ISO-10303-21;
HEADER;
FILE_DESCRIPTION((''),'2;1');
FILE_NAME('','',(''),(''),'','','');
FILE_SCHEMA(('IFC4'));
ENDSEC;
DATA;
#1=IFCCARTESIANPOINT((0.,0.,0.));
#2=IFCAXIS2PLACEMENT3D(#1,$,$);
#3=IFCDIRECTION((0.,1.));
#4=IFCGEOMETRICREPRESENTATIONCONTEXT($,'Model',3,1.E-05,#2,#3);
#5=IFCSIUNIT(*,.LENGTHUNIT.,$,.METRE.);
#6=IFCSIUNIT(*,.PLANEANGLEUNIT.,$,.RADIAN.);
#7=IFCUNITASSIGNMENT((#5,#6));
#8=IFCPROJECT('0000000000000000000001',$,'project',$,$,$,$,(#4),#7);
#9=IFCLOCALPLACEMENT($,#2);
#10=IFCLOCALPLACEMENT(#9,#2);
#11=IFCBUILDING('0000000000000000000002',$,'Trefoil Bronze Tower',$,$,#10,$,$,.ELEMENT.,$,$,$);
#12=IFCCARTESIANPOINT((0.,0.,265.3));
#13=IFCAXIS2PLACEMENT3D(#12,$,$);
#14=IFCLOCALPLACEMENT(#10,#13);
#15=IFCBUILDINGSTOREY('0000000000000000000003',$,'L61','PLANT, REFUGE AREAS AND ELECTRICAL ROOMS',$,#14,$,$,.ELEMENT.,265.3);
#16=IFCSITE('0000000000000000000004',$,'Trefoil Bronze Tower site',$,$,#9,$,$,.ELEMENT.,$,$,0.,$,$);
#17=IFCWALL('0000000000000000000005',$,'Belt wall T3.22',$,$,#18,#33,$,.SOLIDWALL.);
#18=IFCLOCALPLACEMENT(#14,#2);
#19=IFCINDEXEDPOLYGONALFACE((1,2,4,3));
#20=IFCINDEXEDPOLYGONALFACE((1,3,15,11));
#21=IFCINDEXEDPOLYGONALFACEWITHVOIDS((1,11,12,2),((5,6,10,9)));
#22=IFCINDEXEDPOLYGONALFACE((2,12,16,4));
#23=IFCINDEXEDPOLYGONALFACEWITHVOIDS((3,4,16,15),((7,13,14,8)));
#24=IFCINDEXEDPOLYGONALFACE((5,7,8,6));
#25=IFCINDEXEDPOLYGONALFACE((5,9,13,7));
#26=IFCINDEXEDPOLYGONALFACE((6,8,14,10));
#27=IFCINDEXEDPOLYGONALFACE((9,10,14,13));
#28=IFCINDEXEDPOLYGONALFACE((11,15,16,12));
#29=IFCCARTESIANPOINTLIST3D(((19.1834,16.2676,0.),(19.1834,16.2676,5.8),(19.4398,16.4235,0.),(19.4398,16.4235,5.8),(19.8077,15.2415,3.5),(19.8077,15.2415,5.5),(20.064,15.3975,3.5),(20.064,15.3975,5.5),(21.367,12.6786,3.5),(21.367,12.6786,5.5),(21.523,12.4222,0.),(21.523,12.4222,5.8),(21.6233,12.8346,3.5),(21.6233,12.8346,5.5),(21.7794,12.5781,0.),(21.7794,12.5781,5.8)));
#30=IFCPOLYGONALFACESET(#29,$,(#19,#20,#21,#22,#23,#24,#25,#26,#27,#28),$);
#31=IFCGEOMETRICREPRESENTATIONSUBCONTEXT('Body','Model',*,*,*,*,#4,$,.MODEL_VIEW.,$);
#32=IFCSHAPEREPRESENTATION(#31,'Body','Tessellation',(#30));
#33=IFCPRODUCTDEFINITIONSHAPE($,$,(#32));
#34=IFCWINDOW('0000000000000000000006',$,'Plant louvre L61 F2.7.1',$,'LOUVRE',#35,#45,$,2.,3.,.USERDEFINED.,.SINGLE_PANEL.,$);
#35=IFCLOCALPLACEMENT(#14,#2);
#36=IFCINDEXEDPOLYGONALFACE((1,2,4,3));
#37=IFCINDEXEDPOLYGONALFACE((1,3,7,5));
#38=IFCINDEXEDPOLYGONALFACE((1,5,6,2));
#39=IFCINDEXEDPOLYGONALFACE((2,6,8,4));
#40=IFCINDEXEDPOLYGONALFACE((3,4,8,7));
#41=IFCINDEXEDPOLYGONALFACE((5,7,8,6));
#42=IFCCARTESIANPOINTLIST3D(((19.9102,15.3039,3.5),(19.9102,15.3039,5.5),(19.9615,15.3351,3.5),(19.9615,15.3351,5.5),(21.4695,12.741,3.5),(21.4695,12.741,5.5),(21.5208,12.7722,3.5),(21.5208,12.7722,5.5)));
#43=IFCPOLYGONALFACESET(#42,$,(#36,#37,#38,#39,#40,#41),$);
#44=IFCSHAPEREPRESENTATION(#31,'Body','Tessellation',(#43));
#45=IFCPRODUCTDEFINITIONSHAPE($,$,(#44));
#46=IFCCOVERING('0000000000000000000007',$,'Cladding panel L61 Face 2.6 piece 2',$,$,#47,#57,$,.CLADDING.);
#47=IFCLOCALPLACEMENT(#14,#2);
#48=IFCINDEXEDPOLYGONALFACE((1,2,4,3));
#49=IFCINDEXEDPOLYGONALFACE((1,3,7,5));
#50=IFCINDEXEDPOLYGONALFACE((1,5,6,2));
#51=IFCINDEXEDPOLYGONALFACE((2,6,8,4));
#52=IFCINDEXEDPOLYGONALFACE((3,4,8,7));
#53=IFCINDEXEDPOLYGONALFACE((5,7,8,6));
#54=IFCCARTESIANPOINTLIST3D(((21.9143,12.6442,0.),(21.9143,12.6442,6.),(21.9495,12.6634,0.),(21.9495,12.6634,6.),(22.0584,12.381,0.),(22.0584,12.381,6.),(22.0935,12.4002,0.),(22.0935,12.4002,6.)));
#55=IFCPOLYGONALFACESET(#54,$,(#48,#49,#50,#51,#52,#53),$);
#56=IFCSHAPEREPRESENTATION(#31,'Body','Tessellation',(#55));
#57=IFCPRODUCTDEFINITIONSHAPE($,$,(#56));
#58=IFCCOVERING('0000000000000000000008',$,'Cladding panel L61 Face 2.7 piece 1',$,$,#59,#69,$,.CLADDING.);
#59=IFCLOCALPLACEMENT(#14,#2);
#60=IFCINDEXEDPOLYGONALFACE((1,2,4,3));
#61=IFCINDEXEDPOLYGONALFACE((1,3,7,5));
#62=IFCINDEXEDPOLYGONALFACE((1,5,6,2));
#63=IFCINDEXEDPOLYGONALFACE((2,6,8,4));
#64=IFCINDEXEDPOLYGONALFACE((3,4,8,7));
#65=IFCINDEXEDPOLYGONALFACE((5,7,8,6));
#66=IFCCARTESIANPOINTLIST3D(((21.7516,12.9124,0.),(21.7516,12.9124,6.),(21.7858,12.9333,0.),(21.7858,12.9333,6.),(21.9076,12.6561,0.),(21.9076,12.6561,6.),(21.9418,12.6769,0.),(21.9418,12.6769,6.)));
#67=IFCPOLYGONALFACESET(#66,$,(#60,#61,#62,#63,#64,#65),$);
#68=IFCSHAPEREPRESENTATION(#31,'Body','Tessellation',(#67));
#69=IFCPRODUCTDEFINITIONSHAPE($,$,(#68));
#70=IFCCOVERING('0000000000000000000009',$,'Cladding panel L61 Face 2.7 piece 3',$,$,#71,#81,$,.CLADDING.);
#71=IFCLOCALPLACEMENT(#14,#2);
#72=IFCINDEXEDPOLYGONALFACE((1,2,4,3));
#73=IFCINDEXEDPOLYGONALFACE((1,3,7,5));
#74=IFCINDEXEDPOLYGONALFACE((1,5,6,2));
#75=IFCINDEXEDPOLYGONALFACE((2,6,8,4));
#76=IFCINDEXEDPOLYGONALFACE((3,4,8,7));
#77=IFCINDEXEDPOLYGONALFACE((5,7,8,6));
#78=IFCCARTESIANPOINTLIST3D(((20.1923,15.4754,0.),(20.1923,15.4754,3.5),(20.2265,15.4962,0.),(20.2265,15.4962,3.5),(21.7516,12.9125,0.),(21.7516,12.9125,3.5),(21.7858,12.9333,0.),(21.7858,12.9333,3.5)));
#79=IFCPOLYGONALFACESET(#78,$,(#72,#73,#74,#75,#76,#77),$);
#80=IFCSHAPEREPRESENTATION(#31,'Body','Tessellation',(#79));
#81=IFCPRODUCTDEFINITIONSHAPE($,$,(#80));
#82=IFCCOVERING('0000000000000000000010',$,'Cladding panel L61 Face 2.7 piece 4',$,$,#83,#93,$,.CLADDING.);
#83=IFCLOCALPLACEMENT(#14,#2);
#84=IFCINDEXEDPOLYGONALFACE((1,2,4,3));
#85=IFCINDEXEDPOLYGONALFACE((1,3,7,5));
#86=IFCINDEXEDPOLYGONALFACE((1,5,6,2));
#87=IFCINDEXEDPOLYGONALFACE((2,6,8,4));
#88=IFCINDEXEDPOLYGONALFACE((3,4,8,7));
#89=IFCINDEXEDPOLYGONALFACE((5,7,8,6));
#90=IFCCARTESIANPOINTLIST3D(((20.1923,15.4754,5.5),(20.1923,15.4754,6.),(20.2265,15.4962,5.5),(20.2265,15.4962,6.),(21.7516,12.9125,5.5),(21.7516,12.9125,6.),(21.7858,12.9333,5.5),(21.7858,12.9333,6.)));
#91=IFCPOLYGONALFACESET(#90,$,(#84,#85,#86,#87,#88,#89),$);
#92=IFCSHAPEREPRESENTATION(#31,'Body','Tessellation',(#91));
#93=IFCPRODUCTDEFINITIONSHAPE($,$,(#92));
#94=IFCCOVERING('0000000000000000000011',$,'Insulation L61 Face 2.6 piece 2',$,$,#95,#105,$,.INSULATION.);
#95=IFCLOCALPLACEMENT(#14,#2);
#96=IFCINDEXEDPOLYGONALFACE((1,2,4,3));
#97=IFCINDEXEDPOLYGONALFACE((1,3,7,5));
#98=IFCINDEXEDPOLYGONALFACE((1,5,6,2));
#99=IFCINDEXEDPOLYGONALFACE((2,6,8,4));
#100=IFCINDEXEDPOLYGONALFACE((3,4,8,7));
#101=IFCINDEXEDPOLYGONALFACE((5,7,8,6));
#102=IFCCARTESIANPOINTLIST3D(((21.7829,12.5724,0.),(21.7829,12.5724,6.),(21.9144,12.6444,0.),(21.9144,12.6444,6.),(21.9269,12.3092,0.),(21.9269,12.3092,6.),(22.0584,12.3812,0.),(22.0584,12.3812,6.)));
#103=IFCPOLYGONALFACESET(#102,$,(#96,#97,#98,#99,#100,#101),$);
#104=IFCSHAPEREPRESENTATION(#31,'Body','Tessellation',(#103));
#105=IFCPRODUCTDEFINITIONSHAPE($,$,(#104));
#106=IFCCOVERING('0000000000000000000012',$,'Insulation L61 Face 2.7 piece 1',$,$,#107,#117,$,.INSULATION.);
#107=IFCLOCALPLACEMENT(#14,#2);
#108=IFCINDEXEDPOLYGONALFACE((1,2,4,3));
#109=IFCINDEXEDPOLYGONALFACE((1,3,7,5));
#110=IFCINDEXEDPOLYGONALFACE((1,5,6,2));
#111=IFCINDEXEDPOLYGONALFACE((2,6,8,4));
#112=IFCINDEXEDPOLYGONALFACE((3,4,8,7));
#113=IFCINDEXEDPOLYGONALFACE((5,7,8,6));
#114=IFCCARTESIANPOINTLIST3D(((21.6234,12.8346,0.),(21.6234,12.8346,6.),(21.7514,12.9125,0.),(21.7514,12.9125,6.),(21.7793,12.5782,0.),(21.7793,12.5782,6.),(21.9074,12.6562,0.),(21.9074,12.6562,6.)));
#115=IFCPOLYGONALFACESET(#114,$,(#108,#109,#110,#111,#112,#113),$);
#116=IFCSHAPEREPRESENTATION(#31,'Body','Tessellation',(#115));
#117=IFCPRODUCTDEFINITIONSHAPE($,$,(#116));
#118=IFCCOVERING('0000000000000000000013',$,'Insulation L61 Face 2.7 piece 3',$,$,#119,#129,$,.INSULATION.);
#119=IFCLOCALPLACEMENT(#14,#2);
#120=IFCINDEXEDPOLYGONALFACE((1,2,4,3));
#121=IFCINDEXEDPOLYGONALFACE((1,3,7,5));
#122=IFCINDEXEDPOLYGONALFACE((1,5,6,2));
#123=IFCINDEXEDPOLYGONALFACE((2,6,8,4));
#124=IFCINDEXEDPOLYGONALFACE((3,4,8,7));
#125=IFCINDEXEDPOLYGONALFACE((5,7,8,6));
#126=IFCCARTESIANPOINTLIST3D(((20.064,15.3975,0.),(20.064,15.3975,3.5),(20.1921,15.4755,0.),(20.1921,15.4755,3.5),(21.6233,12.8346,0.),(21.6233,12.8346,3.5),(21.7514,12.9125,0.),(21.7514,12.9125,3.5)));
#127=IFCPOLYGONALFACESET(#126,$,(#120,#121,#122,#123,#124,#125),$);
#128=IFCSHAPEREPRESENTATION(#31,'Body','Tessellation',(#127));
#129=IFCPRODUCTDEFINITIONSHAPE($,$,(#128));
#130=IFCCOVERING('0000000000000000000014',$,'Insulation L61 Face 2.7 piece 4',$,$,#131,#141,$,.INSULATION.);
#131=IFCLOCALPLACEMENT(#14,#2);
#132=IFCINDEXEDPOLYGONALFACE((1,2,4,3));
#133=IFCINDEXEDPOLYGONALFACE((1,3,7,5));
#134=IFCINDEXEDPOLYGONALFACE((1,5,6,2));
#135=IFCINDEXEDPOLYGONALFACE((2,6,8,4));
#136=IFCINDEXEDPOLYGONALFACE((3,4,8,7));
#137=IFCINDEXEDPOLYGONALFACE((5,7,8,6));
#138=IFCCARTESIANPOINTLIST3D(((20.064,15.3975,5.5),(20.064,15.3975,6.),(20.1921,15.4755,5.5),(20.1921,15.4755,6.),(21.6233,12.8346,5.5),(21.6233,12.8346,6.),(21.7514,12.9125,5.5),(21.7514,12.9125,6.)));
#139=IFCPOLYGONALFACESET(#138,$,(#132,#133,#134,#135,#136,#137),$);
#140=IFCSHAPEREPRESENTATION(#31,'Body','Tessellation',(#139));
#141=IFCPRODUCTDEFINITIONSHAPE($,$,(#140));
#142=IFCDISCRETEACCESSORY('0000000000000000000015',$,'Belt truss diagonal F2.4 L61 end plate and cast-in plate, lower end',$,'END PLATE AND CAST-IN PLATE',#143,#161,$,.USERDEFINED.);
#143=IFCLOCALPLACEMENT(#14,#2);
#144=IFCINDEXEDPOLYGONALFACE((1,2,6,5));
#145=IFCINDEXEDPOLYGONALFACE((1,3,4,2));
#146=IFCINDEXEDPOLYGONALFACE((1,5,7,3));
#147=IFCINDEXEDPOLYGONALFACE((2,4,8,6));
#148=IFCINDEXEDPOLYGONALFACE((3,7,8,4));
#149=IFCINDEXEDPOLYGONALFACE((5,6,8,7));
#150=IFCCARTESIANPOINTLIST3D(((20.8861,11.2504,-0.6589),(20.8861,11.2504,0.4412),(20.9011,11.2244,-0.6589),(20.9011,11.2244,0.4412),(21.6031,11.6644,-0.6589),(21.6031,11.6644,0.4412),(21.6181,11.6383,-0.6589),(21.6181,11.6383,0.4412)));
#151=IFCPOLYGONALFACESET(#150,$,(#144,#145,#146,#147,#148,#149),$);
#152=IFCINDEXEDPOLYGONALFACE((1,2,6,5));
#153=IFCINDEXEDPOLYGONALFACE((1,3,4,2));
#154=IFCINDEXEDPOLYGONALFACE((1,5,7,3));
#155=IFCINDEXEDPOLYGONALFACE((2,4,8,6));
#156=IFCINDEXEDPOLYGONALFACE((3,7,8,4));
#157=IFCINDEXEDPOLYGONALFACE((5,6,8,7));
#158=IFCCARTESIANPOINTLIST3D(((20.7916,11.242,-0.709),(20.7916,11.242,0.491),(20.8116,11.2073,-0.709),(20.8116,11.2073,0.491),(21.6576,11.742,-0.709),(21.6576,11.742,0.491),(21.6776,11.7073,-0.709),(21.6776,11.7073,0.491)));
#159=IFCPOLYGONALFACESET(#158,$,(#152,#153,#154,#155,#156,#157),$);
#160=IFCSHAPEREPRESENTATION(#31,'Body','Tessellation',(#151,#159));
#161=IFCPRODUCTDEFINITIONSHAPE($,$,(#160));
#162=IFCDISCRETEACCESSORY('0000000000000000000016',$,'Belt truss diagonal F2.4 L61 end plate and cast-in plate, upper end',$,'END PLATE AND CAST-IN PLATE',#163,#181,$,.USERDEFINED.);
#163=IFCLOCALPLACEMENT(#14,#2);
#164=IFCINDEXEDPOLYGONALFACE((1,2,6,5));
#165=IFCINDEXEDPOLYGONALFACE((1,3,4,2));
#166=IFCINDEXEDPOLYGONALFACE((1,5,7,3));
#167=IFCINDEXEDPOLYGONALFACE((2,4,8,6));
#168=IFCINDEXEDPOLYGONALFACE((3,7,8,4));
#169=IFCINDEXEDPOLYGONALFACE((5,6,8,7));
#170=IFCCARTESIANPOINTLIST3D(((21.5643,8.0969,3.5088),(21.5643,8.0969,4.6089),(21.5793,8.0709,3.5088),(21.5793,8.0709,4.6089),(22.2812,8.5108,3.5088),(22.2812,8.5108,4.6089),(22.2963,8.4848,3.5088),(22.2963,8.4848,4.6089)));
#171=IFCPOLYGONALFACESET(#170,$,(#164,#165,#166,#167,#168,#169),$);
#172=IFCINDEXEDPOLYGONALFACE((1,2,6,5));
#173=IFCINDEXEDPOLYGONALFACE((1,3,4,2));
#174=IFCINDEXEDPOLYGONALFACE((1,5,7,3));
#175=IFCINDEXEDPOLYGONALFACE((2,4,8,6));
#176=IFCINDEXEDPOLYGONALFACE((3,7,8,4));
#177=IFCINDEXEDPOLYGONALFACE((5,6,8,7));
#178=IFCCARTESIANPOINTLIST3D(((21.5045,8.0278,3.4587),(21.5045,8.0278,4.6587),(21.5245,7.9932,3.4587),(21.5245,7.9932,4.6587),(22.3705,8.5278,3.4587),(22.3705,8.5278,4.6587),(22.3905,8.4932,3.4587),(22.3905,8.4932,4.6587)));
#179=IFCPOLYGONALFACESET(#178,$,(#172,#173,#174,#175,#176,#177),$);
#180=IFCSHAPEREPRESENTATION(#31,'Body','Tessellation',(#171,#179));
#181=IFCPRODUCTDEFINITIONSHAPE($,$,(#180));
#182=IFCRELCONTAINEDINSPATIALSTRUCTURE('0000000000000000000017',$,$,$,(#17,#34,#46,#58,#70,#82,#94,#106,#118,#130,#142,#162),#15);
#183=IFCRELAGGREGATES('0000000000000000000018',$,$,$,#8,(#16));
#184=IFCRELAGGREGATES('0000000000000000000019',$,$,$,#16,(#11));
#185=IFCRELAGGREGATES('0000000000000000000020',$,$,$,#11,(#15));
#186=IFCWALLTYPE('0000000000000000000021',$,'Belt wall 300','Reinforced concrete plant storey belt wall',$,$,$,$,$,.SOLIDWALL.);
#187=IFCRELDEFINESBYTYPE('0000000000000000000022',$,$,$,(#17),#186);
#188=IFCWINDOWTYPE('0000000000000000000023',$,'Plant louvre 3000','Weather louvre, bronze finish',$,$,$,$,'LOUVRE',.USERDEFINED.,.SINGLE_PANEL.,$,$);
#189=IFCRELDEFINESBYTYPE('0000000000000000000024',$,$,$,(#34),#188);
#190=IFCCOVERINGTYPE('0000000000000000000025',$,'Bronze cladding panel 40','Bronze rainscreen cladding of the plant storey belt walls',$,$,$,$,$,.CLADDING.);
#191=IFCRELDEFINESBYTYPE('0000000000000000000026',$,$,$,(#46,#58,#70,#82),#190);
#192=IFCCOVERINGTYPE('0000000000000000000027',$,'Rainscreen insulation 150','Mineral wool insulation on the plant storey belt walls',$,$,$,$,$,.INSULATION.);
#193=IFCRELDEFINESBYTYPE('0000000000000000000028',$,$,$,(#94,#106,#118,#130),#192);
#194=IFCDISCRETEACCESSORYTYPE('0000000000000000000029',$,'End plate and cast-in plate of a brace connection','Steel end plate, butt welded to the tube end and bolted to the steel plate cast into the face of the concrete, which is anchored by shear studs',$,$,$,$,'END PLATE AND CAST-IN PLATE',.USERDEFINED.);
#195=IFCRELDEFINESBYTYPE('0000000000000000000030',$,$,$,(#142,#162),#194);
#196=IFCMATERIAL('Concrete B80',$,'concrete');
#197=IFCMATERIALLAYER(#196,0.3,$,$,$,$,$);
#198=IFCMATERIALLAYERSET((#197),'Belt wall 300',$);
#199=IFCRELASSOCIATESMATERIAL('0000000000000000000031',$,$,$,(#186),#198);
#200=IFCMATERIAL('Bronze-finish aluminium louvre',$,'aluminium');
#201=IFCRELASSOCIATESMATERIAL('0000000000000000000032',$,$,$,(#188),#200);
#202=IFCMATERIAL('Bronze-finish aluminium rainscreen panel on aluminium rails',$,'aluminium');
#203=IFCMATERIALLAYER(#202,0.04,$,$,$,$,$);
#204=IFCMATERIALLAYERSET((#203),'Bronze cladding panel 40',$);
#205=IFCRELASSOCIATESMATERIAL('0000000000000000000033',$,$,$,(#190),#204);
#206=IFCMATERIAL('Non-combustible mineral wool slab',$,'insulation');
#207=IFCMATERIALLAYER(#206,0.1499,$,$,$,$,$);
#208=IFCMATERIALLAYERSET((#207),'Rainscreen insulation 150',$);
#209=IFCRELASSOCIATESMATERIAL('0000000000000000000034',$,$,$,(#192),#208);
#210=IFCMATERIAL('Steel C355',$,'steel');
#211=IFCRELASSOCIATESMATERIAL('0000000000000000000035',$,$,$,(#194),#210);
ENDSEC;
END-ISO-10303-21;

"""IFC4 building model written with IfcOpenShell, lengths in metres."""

from ifc_helpers import new_model, si_unit, direction, frame, frame_2d, origin, origin_2d, place, context, subcontext, project, spatial, rectangle, extrude, material, layer, layer_set, type_object, element, fill, save


model = new_model("IFC4")

# Units and contexts
model_context = context("Model", 3, precision=1e-05, world=origin(), true_north=direction((0.0, 1.0)))
body_context = subcontext(model_context, "Body", "Model", "MODEL_VIEW")
ifc_project = project(units=[si_unit("LENGTHUNIT", "METRE"), si_unit("PLANEANGLEUNIT", "RADIAN")], contexts=[model_context])

# Site, building, storey
site_placement = place(None, origin())
site = spatial("IfcSite", under=ifc_project, at=site_placement, Name="Trefoil Bronze Tower site", CompositionType="ELEMENT", RefElevation=0.0)
building_placement = place(site_placement, origin())
building = spatial("IfcBuilding", under=site, at=building_placement, Name="Trefoil Bronze Tower", CompositionType="ELEMENT")
storey_placement = place(building_placement, frame((0.0, 0.0, 265.3)))
storey = spatial("IfcBuildingStorey", under=building, at=storey_placement, Name="L61", Description="PLANT, REFUGE AREAS AND ELECTRICAL ROOMS", CompositionType="ELEMENT", Elevation=265.3)

# Wall, opening, window
ifc_material_1 = material(Name="Concrete B80", Category="concrete")
ifc_layer_1 = layer(ifc_material_1, 0.3)
ifc_layer_set_1 = layer_set([ifc_layer_1], Name="Belt wall 300")
wall_type = type_object("IfcWallType", Name="Belt wall 300", Description="Reinforced concrete plant storey belt wall", PredefinedType="SOLIDWALL", material=ifc_layer_set_1)
wall_placement = place(storey_placement, frame((21.6511, 12.5002, 0.0), z_axis=(0.0, 0.0, 1.0), x_axis=(-0.519766, 0.854309, 0.0)))
wall = element("IfcWall", 1, at=wall_placement, inside=storey, type_object=wall_type, Name="Belt wall T3.22", PredefinedType="SOLIDWALL", context=body_context, shape_type="SweptSolid", body=[
    extrude(rectangle(XDim=4.5012, YDim=0.3, at=frame_2d((2.2505, 0.0))), origin(), (0.0, 0.0, 1.0), 5.8),
])
opening_placement = place(wall_placement, frame((0.3, 0.0, 3.5)))
opening = element("IfcOpeningElement", 2, at=opening_placement, cuts=wall, PredefinedType="OPENING", context=body_context, shape_type="SweptSolid", body=[
    extrude(rectangle(XDim=3.0, YDim=2.0, at=frame_2d((1.5, 1.0))), frame((0.0, 0.1599, 0.0), z_axis=(0.0, -1.0, 0.0), x_axis=(1.0, 0.0, 0.0)), (0.0, 0.0, 1.0), 0.3201),
])
ifc_material_2 = material(Name="Bronze-finish aluminium louvre", Category="aluminium")
window_type = type_object("IfcWindowType", Name="Plant louvre 3000", Description="Weather louvre, bronze finish", ElementType="LOUVRE", PartitioningType="SINGLE_PANEL", PredefinedType="USERDEFINED", material=ifc_material_2)
window_placement = place(opening_placement, origin())
window = element("IfcWindow", 3, at=window_placement, inside=storey, type_object=window_type, Name="Plant louvre L61 F2.7.1", ObjectType="LOUVRE", OverallHeight=2.0, OverallWidth=3.0, PartitioningType="SINGLE_PANEL", PredefinedType="USERDEFINED", context=body_context, shape_type="SweptSolid", body=[
    extrude(rectangle(XDim=3.0, YDim=2.0, at=frame_2d((1.5, 1.0))), frame((0.0, 0.03, 0.0), z_axis=(0.0, -1.0, 0.0), x_axis=(1.0, 0.0, 0.0)), (0.0, 0.0, 1.0), 0.0601),
])
fill(opening, window)

# Coverings
ifc_material_3 = material(Name="Bronze-finish aluminium rainscreen panel on aluminium rails", Category="aluminium")
ifc_layer_2 = layer(ifc_material_3, 0.04)
ifc_layer_set_2 = layer_set([ifc_layer_2], Name="Bronze cladding panel 40")
covering_type_1 = type_object("IfcCoveringType", Name="Bronze cladding panel 40", Description="Bronze rainscreen cladding of the plant storey belt walls", PredefinedType="CLADDING", material=ifc_layer_set_2)
for number, where, z_axis, x_axis, name in (
    (4, (22.0039, 12.5222, 0.0), (0.0, 0.0, 1.0), (-0.479974, 0.877283, 0.0), "Cladding panel L61 Face 2.6 piece 2"),
    (5, (21.8467, 12.7947, 0.0), (0.0, 0.0, 1.0), (-0.519762, 0.854311, 0.0), "Cladding panel L61 Face 2.7 piece 1"),
):
    element("IfcCovering", number, at=place(storey_placement, frame(where, z_axis=z_axis, x_axis=x_axis)), inside=storey, type_object=covering_type_1, Name=name, PredefinedType="CLADDING", context=body_context, shape_type="SweptSolid", body=[
        extrude(rectangle(XDim=0.3, YDim=0.04, at=origin_2d()), origin(), (0.0, 0.0, 1.0), 6.0),
    ])
covering_1_placement = place(storey_placement, frame((20.989, 14.2043, 0.0), z_axis=(0.0, 0.0, 1.0), x_axis=(-0.519762, 0.854311, 0.0)))
element("IfcCovering", 6, at=covering_1_placement, inside=storey, type_object=covering_type_1, Name="Cladding panel L61 Face 2.7 piece 3", PredefinedType="CLADDING", context=body_context, shape_type="SweptSolid", body=[
    extrude(rectangle(XDim=3.0, YDim=0.04, at=origin_2d()), origin(), (0.0, 0.0, 1.0), 3.5),
])
covering_2_placement = place(storey_placement, frame((20.989, 14.2043, 5.5), z_axis=(0.0, 0.0, 1.0), x_axis=(-0.519762, 0.854311, 0.0)))
element("IfcCovering", 7, at=covering_2_placement, inside=storey, type_object=covering_type_1, Name="Cladding panel L61 Face 2.7 piece 4", PredefinedType="CLADDING", context=body_context, shape_type="SweptSolid", body=[
    extrude(rectangle(XDim=3.0, YDim=0.04, at=origin_2d()), origin(), (0.0, 0.0, 1.0), 0.5),
])
ifc_material_4 = material(Name="Non-combustible mineral wool slab", Category="insulation")
ifc_layer_3 = layer(ifc_material_4, 0.1499)
ifc_layer_set_3 = layer_set([ifc_layer_3], Name="Rainscreen insulation 150")
covering_type_2 = type_object("IfcCoveringType", Name="Rainscreen insulation 150", Description="Mineral wool insulation on the plant storey belt walls", PredefinedType="INSULATION", material=ifc_layer_set_3)
for number, where, z_axis, x_axis, name in (
    (8, (21.9207, 12.4768, 0.0), (0.0, 0.0, 1.0), (-0.479974, 0.877283, 0.0), "Insulation L61 Face 2.6 piece 2"),
    (9, (21.7654, 12.7454, 0.0), (0.0, 0.0, 1.0), (-0.519762, 0.854311, 0.0), "Insulation L61 Face 2.7 piece 1"),
):
    element("IfcCovering", number, at=place(storey_placement, frame(where, z_axis=z_axis, x_axis=x_axis)), inside=storey, type_object=covering_type_2, Name=name, PredefinedType="INSULATION", context=body_context, shape_type="SweptSolid", body=[
        extrude(rectangle(XDim=0.3, YDim=0.1499, at=origin_2d()), origin(), (0.0, 0.0, 1.0), 6.0),
    ])
covering_3_placement = place(storey_placement, frame((20.9077, 14.155, 0.0), z_axis=(0.0, 0.0, 1.0), x_axis=(-0.519762, 0.854311, 0.0)))
element("IfcCovering", 10, at=covering_3_placement, inside=storey, type_object=covering_type_2, Name="Insulation L61 Face 2.7 piece 3", PredefinedType="INSULATION", context=body_context, shape_type="SweptSolid", body=[
    extrude(rectangle(XDim=3.0, YDim=0.1499, at=origin_2d()), origin(), (0.0, 0.0, 1.0), 3.5),
])
covering_4_placement = place(storey_placement, frame((20.9077, 14.155, 5.5), z_axis=(0.0, 0.0, 1.0), x_axis=(-0.519762, 0.854311, 0.0)))
element("IfcCovering", 11, at=covering_4_placement, inside=storey, type_object=covering_type_2, Name="Insulation L61 Face 2.7 piece 4", PredefinedType="INSULATION", context=body_context, shape_type="SweptSolid", body=[
    extrude(rectangle(XDim=3.0, YDim=0.1499, at=origin_2d()), origin(), (0.0, 0.0, 1.0), 0.5),
])

# Discrete accessories
ifc_material_5 = material(Name="Steel C355", Category="steel")
discrete_accessory_type = type_object("IfcDiscreteAccessoryType", Name="End plate and cast-in plate of a brace connection", Description="Steel end plate, butt welded to the tube end and bolted to the steel plate cast into the face of the concrete, which is anchored by shear studs", ElementType="END PLATE AND CAST-IN PLATE", PredefinedType="USERDEFINED", material=ifc_material_5)
discrete_accessory_1_placement = place(storey_placement, frame((21.2446, 11.4573, -0.1089), z_axis=(0.0, 0.0, 1.0), x_axis=(0.5, -0.866025, 0.0)))
element("IfcDiscreteAccessory", 12, at=discrete_accessory_1_placement, inside=storey, type_object=discrete_accessory_type, Name="Belt truss diagonal F2.4 L61 end plate and cast-in plate, lower end", ObjectType="END PLATE AND CAST-IN PLATE", PredefinedType="USERDEFINED", context=body_context, shape_type="SweptSolid", body=[
    extrude(rectangle(XDim=0.03, YDim=0.8279, at=origin_2d()), frame((0.0149, 0.0, -0.55)), (0.0, 0.0, 1.0), 1.1001),
    extrude(rectangle(XDim=0.04, YDim=1.0, at=origin_2d()), frame((-0.02, 0.0, -0.6001)), (0.0, 0.0, 1.0), 1.2),
])
discrete_accessory_2_placement = place(storey_placement, frame((21.9375, 8.2778, 4.0588), z_axis=(0.0, 0.0, 1.0), x_axis=(-0.5, 0.866025, 0.0)))
element("IfcDiscreteAccessory", 13, at=discrete_accessory_2_placement, inside=storey, type_object=discrete_accessory_type, Name="Belt truss diagonal F2.4 L61 end plate and cast-in plate, upper end", ObjectType="END PLATE AND CAST-IN PLATE", PredefinedType="USERDEFINED", context=body_context, shape_type="SweptSolid", body=[
    extrude(rectangle(XDim=0.03, YDim=0.8279, at=origin_2d()), frame((0.0149, -0.0002, -0.55)), (0.0, 0.0, 1.0), 1.1001),
    extrude(rectangle(XDim=0.04, YDim=1.0, at=origin_2d()), frame((-0.02, 0.0, -0.6001)), (0.0, 0.0, 1.0), 1.2),
])

save(model, "model.ifc")
